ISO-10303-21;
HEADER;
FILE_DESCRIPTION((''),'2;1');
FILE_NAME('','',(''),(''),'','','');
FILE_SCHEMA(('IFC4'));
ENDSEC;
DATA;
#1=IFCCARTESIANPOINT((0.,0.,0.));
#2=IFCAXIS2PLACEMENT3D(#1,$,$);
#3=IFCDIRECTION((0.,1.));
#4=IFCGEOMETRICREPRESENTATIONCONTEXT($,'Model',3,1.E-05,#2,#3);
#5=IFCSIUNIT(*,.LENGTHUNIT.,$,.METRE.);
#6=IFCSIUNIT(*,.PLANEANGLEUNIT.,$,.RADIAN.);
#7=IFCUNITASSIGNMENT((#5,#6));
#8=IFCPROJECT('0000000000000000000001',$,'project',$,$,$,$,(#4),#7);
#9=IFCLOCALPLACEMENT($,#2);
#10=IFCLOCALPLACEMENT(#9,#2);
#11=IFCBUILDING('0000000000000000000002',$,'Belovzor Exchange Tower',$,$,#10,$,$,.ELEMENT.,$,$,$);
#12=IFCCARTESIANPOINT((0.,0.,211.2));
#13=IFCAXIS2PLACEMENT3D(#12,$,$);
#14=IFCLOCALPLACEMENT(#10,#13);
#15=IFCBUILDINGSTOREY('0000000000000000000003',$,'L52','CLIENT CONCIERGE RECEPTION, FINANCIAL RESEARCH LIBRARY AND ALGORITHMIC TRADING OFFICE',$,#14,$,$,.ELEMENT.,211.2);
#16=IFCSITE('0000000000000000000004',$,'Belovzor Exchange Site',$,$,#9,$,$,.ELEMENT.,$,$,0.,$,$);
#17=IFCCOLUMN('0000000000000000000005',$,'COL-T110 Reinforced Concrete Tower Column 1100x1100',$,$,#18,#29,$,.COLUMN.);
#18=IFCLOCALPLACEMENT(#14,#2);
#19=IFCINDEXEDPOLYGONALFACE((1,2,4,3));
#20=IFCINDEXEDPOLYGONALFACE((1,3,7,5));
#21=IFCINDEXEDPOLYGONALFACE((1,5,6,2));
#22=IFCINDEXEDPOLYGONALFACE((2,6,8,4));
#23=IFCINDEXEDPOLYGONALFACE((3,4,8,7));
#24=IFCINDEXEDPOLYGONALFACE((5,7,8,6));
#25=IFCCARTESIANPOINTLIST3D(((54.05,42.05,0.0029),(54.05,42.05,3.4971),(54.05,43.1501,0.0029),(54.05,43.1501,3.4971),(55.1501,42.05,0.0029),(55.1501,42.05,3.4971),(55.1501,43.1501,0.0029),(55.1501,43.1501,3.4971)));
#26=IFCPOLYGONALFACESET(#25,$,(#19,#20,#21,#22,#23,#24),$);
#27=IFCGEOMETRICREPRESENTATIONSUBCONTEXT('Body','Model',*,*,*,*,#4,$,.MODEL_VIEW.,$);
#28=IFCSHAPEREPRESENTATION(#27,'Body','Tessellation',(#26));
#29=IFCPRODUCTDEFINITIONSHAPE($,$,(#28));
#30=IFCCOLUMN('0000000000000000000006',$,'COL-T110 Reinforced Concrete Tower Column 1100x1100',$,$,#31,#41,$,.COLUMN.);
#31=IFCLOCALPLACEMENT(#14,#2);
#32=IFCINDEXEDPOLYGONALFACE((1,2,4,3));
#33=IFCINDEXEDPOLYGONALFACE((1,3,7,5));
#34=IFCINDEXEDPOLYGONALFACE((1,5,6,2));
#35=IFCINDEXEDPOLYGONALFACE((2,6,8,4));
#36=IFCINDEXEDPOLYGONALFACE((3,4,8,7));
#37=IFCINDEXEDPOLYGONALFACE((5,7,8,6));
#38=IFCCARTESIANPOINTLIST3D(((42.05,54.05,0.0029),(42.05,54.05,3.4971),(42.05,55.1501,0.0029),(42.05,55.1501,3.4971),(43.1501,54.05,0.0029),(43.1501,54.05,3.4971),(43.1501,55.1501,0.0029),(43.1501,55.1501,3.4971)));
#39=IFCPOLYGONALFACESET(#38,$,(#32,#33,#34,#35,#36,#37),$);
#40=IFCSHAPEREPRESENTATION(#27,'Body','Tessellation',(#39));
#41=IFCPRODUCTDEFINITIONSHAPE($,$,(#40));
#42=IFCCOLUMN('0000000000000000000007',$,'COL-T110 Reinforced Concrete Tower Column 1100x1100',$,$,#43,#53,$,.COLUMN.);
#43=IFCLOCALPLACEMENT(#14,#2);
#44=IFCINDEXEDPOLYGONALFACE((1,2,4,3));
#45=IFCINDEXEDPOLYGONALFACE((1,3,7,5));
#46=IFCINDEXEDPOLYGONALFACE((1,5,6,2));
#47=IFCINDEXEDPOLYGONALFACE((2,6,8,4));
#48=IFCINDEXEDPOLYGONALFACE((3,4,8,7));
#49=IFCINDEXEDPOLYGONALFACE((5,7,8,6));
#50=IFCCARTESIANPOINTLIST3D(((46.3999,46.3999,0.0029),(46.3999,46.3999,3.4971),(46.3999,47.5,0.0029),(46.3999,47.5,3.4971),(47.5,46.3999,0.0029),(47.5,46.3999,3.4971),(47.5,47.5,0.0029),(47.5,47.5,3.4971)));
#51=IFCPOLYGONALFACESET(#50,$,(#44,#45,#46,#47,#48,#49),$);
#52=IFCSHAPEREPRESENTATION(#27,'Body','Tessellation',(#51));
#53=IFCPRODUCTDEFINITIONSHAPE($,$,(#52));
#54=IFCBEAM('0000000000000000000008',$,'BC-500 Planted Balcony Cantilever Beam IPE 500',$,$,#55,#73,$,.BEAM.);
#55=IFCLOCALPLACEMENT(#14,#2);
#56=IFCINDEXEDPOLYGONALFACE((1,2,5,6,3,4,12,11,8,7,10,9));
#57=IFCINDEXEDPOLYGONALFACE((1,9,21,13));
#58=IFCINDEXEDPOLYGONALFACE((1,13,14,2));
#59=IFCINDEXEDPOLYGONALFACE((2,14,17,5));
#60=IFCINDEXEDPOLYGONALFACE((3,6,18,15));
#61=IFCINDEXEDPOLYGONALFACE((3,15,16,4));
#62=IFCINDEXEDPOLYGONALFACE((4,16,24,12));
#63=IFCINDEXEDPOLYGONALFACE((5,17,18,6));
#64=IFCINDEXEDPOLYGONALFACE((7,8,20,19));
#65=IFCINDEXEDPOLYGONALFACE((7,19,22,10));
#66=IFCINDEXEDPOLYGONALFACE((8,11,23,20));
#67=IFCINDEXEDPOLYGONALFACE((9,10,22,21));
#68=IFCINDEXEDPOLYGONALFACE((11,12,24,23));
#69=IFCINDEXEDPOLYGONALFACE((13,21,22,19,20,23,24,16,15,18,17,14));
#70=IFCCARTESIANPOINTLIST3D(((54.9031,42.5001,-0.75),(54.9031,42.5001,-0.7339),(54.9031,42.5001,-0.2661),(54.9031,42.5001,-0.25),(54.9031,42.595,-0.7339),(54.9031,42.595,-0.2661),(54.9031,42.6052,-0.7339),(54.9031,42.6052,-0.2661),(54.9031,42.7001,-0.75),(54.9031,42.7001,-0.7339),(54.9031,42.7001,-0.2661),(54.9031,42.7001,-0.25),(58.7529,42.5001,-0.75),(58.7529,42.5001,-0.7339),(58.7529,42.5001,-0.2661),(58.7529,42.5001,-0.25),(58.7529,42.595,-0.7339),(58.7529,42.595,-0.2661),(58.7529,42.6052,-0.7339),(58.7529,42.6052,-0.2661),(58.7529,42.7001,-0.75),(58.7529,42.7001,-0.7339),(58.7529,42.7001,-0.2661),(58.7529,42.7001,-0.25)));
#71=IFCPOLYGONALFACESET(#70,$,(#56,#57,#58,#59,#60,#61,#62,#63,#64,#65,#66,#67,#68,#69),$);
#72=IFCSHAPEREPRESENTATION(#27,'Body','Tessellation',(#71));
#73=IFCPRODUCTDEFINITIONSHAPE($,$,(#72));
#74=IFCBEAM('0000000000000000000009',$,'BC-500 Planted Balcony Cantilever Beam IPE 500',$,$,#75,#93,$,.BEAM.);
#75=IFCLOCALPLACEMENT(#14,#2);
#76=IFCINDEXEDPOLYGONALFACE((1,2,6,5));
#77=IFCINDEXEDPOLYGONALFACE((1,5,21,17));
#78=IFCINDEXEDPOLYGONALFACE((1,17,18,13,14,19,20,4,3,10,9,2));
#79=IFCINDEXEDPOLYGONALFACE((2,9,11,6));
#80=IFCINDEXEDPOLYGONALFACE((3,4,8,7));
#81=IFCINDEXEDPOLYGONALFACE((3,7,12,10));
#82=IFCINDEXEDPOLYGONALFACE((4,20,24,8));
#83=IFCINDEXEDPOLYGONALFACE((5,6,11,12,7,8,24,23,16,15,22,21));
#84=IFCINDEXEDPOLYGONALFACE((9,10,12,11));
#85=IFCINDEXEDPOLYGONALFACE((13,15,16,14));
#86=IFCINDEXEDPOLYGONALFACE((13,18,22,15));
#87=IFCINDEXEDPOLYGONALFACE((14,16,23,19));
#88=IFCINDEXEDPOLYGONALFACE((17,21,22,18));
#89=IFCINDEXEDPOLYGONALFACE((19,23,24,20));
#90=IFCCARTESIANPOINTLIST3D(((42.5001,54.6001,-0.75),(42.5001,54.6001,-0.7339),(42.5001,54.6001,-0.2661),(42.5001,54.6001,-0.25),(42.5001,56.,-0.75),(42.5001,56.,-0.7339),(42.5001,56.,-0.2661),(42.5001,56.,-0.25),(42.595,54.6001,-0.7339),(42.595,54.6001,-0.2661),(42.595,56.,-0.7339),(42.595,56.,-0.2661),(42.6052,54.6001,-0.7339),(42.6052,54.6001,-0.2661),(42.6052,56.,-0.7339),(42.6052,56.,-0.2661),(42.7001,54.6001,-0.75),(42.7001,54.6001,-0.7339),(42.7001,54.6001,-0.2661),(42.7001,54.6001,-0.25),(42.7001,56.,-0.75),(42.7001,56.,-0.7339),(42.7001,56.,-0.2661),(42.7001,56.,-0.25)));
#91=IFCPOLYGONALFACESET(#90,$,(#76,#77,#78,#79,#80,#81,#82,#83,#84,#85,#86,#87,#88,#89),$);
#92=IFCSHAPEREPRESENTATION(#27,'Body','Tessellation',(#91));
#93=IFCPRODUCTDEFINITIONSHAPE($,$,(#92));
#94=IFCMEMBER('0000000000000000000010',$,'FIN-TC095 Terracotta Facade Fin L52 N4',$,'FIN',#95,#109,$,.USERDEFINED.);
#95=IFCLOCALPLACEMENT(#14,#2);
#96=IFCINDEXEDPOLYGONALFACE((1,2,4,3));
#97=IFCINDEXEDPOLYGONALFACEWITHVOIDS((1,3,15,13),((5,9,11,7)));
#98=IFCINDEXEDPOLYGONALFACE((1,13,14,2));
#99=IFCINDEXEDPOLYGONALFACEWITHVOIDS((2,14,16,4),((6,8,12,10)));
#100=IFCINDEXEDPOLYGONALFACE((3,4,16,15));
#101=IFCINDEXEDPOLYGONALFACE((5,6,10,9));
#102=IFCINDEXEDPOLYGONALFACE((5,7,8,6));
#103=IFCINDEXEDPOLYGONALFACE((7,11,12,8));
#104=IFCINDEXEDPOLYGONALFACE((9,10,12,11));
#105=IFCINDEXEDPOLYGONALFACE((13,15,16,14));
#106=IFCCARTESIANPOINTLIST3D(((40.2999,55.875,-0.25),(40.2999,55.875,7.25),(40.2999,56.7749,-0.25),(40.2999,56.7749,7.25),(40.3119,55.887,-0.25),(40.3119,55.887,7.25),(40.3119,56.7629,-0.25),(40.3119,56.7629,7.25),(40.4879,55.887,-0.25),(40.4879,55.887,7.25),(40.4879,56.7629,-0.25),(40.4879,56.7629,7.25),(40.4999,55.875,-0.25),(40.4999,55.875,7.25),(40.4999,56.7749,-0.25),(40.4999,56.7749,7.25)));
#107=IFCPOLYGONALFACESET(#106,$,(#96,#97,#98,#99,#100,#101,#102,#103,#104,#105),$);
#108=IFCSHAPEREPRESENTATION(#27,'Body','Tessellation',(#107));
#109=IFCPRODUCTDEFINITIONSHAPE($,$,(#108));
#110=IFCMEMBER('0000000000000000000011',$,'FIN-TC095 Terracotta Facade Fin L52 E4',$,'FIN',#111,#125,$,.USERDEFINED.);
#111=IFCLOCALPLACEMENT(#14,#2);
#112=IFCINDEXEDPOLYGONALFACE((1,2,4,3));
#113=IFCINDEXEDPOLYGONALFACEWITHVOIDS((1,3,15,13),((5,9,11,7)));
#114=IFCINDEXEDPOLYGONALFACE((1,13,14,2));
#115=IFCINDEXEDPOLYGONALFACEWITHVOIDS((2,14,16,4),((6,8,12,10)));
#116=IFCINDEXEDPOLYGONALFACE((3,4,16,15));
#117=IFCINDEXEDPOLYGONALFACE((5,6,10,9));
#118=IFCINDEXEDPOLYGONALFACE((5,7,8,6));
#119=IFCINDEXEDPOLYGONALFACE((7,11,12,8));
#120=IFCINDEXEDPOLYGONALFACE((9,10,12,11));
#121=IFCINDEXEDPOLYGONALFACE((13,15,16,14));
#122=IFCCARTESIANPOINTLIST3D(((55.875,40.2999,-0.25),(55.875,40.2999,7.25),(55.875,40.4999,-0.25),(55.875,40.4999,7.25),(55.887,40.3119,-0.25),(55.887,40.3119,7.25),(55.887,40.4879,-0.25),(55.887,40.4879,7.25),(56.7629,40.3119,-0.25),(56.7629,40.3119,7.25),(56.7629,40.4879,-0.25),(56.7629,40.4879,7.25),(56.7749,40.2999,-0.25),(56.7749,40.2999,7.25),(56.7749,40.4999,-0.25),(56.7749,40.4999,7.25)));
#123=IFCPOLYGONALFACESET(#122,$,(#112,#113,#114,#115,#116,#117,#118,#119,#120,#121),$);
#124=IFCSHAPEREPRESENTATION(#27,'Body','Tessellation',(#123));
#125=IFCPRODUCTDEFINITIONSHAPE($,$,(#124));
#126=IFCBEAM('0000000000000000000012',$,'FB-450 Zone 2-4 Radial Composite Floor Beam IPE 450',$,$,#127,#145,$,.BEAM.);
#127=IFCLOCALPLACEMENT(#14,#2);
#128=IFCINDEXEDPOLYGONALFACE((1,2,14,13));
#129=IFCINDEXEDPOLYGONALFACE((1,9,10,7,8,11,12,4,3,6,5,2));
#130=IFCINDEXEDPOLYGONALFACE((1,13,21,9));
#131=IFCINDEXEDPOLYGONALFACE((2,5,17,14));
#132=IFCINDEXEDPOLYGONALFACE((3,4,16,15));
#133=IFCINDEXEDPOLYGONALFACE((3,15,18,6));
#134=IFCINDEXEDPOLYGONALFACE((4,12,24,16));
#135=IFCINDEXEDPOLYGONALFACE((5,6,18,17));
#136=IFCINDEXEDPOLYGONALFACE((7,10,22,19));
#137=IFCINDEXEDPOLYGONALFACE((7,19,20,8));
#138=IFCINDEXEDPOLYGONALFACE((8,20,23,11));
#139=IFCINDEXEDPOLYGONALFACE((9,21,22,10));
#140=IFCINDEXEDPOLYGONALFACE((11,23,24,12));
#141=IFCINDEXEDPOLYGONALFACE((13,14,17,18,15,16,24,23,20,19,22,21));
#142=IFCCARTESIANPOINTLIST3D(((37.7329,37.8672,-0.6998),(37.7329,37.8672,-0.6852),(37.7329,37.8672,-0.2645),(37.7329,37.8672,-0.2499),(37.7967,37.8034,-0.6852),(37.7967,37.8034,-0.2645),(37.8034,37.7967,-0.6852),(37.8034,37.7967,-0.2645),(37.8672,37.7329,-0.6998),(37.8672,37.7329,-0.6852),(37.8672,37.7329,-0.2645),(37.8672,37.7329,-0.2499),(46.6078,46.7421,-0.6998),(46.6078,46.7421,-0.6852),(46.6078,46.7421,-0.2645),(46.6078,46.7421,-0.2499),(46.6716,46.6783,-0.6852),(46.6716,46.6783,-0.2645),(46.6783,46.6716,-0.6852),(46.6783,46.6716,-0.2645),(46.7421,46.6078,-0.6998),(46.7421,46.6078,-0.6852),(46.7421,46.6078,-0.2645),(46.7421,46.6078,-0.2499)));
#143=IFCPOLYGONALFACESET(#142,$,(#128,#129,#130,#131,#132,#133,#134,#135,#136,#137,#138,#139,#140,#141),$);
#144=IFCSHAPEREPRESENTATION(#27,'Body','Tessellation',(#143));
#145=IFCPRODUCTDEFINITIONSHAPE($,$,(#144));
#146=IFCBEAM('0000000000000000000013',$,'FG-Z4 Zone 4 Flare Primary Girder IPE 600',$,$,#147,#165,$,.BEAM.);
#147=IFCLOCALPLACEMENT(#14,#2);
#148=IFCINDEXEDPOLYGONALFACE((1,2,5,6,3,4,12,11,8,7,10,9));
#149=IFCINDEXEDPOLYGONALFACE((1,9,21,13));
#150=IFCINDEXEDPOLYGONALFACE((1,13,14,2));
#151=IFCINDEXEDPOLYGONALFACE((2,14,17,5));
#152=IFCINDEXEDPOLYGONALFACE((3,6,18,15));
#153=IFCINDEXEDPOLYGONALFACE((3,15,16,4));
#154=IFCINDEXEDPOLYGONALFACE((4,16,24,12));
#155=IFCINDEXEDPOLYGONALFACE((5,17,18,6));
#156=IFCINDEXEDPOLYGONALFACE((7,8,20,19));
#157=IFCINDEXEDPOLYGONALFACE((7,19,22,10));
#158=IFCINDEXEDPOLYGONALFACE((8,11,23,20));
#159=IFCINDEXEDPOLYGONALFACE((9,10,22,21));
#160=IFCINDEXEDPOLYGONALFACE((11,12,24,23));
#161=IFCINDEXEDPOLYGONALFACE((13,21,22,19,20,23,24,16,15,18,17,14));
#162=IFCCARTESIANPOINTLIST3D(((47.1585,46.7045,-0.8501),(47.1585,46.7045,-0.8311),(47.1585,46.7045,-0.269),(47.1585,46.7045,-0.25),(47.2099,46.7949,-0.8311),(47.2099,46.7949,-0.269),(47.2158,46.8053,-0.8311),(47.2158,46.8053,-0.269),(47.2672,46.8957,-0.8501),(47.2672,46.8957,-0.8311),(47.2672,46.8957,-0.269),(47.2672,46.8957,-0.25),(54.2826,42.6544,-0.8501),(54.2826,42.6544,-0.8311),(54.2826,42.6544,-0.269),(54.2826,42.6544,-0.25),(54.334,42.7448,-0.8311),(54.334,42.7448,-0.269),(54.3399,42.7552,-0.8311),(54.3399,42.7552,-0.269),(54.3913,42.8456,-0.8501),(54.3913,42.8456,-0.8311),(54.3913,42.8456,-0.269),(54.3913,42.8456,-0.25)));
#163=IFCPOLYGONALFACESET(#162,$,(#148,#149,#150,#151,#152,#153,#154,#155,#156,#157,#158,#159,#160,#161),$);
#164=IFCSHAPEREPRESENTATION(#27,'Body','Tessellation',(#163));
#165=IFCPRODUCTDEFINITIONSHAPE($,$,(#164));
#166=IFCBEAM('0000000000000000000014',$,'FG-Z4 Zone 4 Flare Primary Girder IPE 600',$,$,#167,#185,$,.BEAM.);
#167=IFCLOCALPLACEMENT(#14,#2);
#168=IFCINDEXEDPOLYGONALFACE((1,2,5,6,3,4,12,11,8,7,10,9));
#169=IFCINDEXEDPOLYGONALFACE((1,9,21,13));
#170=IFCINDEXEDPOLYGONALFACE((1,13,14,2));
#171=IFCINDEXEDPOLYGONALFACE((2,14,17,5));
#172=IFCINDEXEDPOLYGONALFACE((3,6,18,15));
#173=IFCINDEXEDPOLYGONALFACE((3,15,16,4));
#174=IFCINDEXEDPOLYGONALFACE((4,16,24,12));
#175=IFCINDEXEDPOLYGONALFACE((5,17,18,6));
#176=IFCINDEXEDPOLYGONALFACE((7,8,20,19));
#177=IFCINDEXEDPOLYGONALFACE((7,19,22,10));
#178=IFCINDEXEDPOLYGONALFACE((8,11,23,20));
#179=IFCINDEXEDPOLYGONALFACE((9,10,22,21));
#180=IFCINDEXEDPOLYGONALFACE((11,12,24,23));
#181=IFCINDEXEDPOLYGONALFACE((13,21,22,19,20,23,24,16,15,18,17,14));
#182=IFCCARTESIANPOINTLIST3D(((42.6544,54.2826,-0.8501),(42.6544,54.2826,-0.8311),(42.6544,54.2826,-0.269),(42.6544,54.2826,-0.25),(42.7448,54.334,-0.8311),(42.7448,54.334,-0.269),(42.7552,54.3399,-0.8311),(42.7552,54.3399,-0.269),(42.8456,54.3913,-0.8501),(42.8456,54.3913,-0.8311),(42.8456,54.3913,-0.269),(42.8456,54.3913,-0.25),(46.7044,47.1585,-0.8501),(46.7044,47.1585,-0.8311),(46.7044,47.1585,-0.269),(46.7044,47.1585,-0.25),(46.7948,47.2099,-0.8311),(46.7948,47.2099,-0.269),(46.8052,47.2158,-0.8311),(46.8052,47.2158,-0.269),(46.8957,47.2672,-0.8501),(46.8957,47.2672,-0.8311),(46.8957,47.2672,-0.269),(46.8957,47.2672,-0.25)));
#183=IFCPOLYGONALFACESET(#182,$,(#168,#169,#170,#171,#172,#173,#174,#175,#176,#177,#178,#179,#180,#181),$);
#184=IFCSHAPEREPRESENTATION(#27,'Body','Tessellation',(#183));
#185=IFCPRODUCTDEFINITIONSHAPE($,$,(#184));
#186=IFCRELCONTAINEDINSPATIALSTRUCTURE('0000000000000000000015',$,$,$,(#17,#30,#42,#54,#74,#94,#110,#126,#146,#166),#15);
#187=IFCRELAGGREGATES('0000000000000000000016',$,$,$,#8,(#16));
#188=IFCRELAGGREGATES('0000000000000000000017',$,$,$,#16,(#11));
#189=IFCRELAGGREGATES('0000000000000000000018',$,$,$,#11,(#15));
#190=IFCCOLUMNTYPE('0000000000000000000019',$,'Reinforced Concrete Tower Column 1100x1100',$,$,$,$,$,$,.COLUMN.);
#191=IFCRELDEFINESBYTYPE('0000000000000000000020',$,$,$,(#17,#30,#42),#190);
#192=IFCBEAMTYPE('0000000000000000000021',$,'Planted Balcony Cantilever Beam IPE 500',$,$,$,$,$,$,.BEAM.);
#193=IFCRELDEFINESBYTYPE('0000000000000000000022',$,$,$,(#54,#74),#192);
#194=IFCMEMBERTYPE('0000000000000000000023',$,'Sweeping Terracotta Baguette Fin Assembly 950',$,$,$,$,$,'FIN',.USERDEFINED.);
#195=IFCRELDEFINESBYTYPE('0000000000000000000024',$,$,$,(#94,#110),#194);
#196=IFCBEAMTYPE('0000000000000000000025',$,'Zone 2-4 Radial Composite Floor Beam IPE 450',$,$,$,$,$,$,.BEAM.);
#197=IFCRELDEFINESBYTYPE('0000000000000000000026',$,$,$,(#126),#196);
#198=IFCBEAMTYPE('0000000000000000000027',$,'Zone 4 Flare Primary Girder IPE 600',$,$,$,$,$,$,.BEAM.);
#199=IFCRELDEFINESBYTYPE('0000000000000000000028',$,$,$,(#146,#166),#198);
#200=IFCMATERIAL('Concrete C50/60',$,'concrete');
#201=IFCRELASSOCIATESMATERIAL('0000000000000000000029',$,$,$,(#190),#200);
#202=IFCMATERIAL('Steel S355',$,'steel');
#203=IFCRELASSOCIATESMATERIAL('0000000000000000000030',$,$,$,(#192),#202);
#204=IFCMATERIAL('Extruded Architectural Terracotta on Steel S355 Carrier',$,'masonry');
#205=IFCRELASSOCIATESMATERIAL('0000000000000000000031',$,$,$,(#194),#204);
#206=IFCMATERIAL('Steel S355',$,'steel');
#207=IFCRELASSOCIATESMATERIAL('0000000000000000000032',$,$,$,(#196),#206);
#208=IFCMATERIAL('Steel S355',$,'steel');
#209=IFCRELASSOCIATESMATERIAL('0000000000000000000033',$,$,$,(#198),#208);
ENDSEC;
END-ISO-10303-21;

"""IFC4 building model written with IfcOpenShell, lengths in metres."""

from ifc_helpers import new_model, si_unit, direction, frame, origin, origin_2d, place, context, subcontext, project, spatial, rectangle, hollow_rectangle, i_section, extrude, material, material_profile, profile_set, type_object, element, save


model = new_model("IFC4")

# Units and contexts
model_context = context("Model", 3, precision=1e-05, world=origin(), true_north=direction((0.0, 1.0)))
body_context = subcontext(model_context, "Body", "Model", "MODEL_VIEW")
ifc_project = project(units=[si_unit("LENGTHUNIT", "METRE"), si_unit("PLANEANGLEUNIT", "RADIAN")], contexts=[model_context])

# Site, building, storey
site_placement = place(None, origin())
site = spatial("IfcSite", under=ifc_project, at=site_placement, Name="Belovzor Exchange Site", CompositionType="ELEMENT", RefElevation=0.0)
building_placement = place(site_placement, origin())
building = spatial("IfcBuilding", under=site, at=building_placement, Name="Belovzor Exchange Tower", CompositionType="ELEMENT")
storey_placement = place(building_placement, frame((0.0, 0.0, 211.2)))
storey = spatial("IfcBuildingStorey", under=building, at=storey_placement, Name="L52", Description="CLIENT CONCIERGE RECEPTION, FINANCIAL RESEARCH LIBRARY AND ALGORITHMIC TRADING OFFICE", CompositionType="ELEMENT", Elevation=211.2)

# Columns
ifc_material_1 = material(Name="Concrete C50/60", Category="concrete")
ifc_material_profile_1 = material_profile(ifc_material_1, rectangle(XDim=1.1001, YDim=1.1001, at=origin_2d()))
ifc_profile_set_1 = profile_set([ifc_material_profile_1], Name="Concrete C50/60")
column_type = type_object("IfcColumnType", Name="Reinforced Concrete Tower Column 1100x1100", PredefinedType="COLUMN", material=ifc_profile_set_1)
for number, where, z_axis, x_axis, name in (
    (1, (54.6001, 42.6001, 0.0029), (0.0, 0.0, 1.0), (1.0, 0.0, 0.0), "COL-T110 Reinforced Concrete Tower Column 1100x1100"),
    (2, (42.6001, 54.6001, 0.0029), (0.0, 0.0, 1.0), (1.0, 0.0, 0.0), "COL-T110 Reinforced Concrete Tower Column 1100x1100"),
    (3, (46.95, 46.95, 0.0029), (0.0, 0.0, 1.0), (1.0, 0.0, 0.0), "COL-T110 Reinforced Concrete Tower Column 1100x1100"),
):
    element("IfcColumn", number, at=place(storey_placement, frame(where, z_axis=z_axis, x_axis=x_axis)), inside=storey, type_object=column_type, Name=name, PredefinedType="COLUMN", context=body_context, shape_type="SweptSolid", body=[
        extrude(rectangle(XDim=1.1001, YDim=1.1001, at=origin_2d()), origin(), (0.0, 0.0, 1.0), 3.4941),
    ])

# Beams
ifc_material_2 = material(Name="Steel S355", Category="steel")
ifc_material_profile_2 = material_profile(ifc_material_2, i_section(OverallWidth=0.2, OverallDepth=0.5, WebThickness=0.0103, FlangeThickness=0.0161, at=origin_2d()))
ifc_profile_set_2 = profile_set([ifc_material_profile_2], Name="Steel S355")
beam_type_1 = type_object("IfcBeamType", Name="Planted Balcony Cantilever Beam IPE 500", PredefinedType="BEAM", material=ifc_profile_set_2)
beam_1_placement = place(storey_placement, frame((54.9031, 42.6001, -0.5), z_axis=(1.0, 0.0, 0.0), x_axis=(0.0, 1.0, 0.0)))
element("IfcBeam", 4, at=beam_1_placement, inside=storey, type_object=beam_type_1, Name="BC-500 Planted Balcony Cantilever Beam IPE 500", PredefinedType="BEAM", context=body_context, shape_type="SweptSolid", body=[
    extrude(i_section(OverallWidth=0.2, OverallDepth=0.5, WebThickness=0.0103, FlangeThickness=0.0161, at=origin_2d()), origin(), (0.0, 0.0, 1.0), 3.8499),
])
beam_2_placement = place(storey_placement, frame((42.6001, 54.6001, -0.5), z_axis=(0.0, 1.0, 0.0), x_axis=(-1.0, 0.0, 0.0)))
element("IfcBeam", 5, at=beam_2_placement, inside=storey, type_object=beam_type_1, Name="BC-500 Planted Balcony Cantilever Beam IPE 500", PredefinedType="BEAM", context=body_context, shape_type="SweptSolid", body=[
    extrude(i_section(OverallWidth=0.2, OverallDepth=0.5, WebThickness=0.0103, FlangeThickness=0.0161, at=origin_2d()), origin(), (0.0, 0.0, 1.0), 1.3999),
])

# Members
ifc_material_3 = material(Name="Extruded Architectural Terracotta on Steel S355 Carrier", Category="masonry")
ifc_material_profile_3 = material_profile(ifc_material_3, hollow_rectangle(XDim=0.2, YDim=0.8999, WallThickness=0.012, at=origin_2d()))
ifc_profile_set_3 = profile_set([ifc_material_profile_3], Name="Extruded Architectural Terracotta on Steel S355 Carrier")
member_type = type_object("IfcMemberType", Name="Sweeping Terracotta Baguette Fin Assembly 950", ElementType="FIN", PredefinedType="USERDEFINED", material=ifc_profile_set_3)
for number, where, z_axis, x_axis, name in (
    (6, (40.3999, 56.325, -0.25), (0.0, 0.0, 1.0), (1.0, 0.0, 0.0), "FIN-TC095 Terracotta Facade Fin L52 N4"),
    (7, (56.325, 40.3999, -0.25), (0.0, 0.0, 1.0), (0.0, 1.0, 0.0), "FIN-TC095 Terracotta Facade Fin L52 E4"),
):
    element("IfcMember", number, at=place(storey_placement, frame(where, z_axis=z_axis, x_axis=x_axis)), inside=storey, type_object=member_type, Name=name, ObjectType="FIN", PredefinedType="USERDEFINED", context=body_context, shape_type="SweptSolid", body=[
        extrude(hollow_rectangle(XDim=0.2, YDim=0.8999, WallThickness=0.012, at=origin_2d()), origin(), (0.0, 0.0, 1.0), 7.5),
    ])

# Beams
ifc_material_4 = material(Name="Steel S355", Category="steel")
ifc_material_profile_4 = material_profile(ifc_material_4, i_section(OverallWidth=0.1899, OverallDepth=0.45, WebThickness=0.0095, FlangeThickness=0.0146, at=origin_2d()))
ifc_profile_set_4 = profile_set([ifc_material_profile_4], Name="Steel S355")
beam_type_2 = type_object("IfcBeamType", Name="Zone 2-4 Radial Composite Floor Beam IPE 450", PredefinedType="BEAM", material=ifc_profile_set_4)
beam_3_placement = place(storey_placement, frame((37.8, 37.8, -0.4749), z_axis=(0.707107, 0.707107, 0.0), x_axis=(-0.707107, 0.707107, 0.0)))
element("IfcBeam", 8, at=beam_3_placement, inside=storey, type_object=beam_type_2, Name="FB-450 Zone 2-4 Radial Composite Floor Beam IPE 450", PredefinedType="BEAM", context=body_context, shape_type="SweptSolid", body=[
    extrude(i_section(OverallWidth=0.1899, OverallDepth=0.45, WebThickness=0.0095, FlangeThickness=0.0146, at=origin_2d()), origin(), (0.0, 0.0, 1.0), 12.551),
])
ifc_material_5 = material(Name="Steel S355", Category="steel")
ifc_material_profile_5 = material_profile(ifc_material_5, i_section(OverallWidth=0.22, OverallDepth=0.6001, WebThickness=0.012, FlangeThickness=0.019, at=origin_2d()))
ifc_profile_set_5 = profile_set([ifc_material_profile_5], Name="Steel S355")
beam_type_3 = type_object("IfcBeamType", Name="Zone 4 Flare Primary Girder IPE 600", PredefinedType="BEAM", material=ifc_profile_set_5)
for number, where, z_axis, x_axis, name in (
    (9, (54.3369, 42.75, -0.55), (-0.869336, 0.494222, 0.0), (-0.494222, -0.869336, 0.0), "FG-Z4 Zone 4 Flare Primary Girder IPE 600"),
    (10, (46.8, 47.2129, -0.55), (-0.494222, 0.869336, 0.0), (-0.869336, -0.494222, 0.0), "FG-Z4 Zone 4 Flare Primary Girder IPE 600"),
):
    element("IfcBeam", number, at=place(storey_placement, frame(where, z_axis=z_axis, x_axis=x_axis)), inside=storey, type_object=beam_type_3, Name=name, PredefinedType="BEAM", context=body_context, shape_type="SweptSolid", body=[
        extrude(i_section(OverallWidth=0.22, OverallDepth=0.6001, WebThickness=0.012, FlangeThickness=0.019, at=origin_2d()), origin(), (0.0, 0.0, 1.0), 8.1948),
    ])

save(model, "model.ifc")
